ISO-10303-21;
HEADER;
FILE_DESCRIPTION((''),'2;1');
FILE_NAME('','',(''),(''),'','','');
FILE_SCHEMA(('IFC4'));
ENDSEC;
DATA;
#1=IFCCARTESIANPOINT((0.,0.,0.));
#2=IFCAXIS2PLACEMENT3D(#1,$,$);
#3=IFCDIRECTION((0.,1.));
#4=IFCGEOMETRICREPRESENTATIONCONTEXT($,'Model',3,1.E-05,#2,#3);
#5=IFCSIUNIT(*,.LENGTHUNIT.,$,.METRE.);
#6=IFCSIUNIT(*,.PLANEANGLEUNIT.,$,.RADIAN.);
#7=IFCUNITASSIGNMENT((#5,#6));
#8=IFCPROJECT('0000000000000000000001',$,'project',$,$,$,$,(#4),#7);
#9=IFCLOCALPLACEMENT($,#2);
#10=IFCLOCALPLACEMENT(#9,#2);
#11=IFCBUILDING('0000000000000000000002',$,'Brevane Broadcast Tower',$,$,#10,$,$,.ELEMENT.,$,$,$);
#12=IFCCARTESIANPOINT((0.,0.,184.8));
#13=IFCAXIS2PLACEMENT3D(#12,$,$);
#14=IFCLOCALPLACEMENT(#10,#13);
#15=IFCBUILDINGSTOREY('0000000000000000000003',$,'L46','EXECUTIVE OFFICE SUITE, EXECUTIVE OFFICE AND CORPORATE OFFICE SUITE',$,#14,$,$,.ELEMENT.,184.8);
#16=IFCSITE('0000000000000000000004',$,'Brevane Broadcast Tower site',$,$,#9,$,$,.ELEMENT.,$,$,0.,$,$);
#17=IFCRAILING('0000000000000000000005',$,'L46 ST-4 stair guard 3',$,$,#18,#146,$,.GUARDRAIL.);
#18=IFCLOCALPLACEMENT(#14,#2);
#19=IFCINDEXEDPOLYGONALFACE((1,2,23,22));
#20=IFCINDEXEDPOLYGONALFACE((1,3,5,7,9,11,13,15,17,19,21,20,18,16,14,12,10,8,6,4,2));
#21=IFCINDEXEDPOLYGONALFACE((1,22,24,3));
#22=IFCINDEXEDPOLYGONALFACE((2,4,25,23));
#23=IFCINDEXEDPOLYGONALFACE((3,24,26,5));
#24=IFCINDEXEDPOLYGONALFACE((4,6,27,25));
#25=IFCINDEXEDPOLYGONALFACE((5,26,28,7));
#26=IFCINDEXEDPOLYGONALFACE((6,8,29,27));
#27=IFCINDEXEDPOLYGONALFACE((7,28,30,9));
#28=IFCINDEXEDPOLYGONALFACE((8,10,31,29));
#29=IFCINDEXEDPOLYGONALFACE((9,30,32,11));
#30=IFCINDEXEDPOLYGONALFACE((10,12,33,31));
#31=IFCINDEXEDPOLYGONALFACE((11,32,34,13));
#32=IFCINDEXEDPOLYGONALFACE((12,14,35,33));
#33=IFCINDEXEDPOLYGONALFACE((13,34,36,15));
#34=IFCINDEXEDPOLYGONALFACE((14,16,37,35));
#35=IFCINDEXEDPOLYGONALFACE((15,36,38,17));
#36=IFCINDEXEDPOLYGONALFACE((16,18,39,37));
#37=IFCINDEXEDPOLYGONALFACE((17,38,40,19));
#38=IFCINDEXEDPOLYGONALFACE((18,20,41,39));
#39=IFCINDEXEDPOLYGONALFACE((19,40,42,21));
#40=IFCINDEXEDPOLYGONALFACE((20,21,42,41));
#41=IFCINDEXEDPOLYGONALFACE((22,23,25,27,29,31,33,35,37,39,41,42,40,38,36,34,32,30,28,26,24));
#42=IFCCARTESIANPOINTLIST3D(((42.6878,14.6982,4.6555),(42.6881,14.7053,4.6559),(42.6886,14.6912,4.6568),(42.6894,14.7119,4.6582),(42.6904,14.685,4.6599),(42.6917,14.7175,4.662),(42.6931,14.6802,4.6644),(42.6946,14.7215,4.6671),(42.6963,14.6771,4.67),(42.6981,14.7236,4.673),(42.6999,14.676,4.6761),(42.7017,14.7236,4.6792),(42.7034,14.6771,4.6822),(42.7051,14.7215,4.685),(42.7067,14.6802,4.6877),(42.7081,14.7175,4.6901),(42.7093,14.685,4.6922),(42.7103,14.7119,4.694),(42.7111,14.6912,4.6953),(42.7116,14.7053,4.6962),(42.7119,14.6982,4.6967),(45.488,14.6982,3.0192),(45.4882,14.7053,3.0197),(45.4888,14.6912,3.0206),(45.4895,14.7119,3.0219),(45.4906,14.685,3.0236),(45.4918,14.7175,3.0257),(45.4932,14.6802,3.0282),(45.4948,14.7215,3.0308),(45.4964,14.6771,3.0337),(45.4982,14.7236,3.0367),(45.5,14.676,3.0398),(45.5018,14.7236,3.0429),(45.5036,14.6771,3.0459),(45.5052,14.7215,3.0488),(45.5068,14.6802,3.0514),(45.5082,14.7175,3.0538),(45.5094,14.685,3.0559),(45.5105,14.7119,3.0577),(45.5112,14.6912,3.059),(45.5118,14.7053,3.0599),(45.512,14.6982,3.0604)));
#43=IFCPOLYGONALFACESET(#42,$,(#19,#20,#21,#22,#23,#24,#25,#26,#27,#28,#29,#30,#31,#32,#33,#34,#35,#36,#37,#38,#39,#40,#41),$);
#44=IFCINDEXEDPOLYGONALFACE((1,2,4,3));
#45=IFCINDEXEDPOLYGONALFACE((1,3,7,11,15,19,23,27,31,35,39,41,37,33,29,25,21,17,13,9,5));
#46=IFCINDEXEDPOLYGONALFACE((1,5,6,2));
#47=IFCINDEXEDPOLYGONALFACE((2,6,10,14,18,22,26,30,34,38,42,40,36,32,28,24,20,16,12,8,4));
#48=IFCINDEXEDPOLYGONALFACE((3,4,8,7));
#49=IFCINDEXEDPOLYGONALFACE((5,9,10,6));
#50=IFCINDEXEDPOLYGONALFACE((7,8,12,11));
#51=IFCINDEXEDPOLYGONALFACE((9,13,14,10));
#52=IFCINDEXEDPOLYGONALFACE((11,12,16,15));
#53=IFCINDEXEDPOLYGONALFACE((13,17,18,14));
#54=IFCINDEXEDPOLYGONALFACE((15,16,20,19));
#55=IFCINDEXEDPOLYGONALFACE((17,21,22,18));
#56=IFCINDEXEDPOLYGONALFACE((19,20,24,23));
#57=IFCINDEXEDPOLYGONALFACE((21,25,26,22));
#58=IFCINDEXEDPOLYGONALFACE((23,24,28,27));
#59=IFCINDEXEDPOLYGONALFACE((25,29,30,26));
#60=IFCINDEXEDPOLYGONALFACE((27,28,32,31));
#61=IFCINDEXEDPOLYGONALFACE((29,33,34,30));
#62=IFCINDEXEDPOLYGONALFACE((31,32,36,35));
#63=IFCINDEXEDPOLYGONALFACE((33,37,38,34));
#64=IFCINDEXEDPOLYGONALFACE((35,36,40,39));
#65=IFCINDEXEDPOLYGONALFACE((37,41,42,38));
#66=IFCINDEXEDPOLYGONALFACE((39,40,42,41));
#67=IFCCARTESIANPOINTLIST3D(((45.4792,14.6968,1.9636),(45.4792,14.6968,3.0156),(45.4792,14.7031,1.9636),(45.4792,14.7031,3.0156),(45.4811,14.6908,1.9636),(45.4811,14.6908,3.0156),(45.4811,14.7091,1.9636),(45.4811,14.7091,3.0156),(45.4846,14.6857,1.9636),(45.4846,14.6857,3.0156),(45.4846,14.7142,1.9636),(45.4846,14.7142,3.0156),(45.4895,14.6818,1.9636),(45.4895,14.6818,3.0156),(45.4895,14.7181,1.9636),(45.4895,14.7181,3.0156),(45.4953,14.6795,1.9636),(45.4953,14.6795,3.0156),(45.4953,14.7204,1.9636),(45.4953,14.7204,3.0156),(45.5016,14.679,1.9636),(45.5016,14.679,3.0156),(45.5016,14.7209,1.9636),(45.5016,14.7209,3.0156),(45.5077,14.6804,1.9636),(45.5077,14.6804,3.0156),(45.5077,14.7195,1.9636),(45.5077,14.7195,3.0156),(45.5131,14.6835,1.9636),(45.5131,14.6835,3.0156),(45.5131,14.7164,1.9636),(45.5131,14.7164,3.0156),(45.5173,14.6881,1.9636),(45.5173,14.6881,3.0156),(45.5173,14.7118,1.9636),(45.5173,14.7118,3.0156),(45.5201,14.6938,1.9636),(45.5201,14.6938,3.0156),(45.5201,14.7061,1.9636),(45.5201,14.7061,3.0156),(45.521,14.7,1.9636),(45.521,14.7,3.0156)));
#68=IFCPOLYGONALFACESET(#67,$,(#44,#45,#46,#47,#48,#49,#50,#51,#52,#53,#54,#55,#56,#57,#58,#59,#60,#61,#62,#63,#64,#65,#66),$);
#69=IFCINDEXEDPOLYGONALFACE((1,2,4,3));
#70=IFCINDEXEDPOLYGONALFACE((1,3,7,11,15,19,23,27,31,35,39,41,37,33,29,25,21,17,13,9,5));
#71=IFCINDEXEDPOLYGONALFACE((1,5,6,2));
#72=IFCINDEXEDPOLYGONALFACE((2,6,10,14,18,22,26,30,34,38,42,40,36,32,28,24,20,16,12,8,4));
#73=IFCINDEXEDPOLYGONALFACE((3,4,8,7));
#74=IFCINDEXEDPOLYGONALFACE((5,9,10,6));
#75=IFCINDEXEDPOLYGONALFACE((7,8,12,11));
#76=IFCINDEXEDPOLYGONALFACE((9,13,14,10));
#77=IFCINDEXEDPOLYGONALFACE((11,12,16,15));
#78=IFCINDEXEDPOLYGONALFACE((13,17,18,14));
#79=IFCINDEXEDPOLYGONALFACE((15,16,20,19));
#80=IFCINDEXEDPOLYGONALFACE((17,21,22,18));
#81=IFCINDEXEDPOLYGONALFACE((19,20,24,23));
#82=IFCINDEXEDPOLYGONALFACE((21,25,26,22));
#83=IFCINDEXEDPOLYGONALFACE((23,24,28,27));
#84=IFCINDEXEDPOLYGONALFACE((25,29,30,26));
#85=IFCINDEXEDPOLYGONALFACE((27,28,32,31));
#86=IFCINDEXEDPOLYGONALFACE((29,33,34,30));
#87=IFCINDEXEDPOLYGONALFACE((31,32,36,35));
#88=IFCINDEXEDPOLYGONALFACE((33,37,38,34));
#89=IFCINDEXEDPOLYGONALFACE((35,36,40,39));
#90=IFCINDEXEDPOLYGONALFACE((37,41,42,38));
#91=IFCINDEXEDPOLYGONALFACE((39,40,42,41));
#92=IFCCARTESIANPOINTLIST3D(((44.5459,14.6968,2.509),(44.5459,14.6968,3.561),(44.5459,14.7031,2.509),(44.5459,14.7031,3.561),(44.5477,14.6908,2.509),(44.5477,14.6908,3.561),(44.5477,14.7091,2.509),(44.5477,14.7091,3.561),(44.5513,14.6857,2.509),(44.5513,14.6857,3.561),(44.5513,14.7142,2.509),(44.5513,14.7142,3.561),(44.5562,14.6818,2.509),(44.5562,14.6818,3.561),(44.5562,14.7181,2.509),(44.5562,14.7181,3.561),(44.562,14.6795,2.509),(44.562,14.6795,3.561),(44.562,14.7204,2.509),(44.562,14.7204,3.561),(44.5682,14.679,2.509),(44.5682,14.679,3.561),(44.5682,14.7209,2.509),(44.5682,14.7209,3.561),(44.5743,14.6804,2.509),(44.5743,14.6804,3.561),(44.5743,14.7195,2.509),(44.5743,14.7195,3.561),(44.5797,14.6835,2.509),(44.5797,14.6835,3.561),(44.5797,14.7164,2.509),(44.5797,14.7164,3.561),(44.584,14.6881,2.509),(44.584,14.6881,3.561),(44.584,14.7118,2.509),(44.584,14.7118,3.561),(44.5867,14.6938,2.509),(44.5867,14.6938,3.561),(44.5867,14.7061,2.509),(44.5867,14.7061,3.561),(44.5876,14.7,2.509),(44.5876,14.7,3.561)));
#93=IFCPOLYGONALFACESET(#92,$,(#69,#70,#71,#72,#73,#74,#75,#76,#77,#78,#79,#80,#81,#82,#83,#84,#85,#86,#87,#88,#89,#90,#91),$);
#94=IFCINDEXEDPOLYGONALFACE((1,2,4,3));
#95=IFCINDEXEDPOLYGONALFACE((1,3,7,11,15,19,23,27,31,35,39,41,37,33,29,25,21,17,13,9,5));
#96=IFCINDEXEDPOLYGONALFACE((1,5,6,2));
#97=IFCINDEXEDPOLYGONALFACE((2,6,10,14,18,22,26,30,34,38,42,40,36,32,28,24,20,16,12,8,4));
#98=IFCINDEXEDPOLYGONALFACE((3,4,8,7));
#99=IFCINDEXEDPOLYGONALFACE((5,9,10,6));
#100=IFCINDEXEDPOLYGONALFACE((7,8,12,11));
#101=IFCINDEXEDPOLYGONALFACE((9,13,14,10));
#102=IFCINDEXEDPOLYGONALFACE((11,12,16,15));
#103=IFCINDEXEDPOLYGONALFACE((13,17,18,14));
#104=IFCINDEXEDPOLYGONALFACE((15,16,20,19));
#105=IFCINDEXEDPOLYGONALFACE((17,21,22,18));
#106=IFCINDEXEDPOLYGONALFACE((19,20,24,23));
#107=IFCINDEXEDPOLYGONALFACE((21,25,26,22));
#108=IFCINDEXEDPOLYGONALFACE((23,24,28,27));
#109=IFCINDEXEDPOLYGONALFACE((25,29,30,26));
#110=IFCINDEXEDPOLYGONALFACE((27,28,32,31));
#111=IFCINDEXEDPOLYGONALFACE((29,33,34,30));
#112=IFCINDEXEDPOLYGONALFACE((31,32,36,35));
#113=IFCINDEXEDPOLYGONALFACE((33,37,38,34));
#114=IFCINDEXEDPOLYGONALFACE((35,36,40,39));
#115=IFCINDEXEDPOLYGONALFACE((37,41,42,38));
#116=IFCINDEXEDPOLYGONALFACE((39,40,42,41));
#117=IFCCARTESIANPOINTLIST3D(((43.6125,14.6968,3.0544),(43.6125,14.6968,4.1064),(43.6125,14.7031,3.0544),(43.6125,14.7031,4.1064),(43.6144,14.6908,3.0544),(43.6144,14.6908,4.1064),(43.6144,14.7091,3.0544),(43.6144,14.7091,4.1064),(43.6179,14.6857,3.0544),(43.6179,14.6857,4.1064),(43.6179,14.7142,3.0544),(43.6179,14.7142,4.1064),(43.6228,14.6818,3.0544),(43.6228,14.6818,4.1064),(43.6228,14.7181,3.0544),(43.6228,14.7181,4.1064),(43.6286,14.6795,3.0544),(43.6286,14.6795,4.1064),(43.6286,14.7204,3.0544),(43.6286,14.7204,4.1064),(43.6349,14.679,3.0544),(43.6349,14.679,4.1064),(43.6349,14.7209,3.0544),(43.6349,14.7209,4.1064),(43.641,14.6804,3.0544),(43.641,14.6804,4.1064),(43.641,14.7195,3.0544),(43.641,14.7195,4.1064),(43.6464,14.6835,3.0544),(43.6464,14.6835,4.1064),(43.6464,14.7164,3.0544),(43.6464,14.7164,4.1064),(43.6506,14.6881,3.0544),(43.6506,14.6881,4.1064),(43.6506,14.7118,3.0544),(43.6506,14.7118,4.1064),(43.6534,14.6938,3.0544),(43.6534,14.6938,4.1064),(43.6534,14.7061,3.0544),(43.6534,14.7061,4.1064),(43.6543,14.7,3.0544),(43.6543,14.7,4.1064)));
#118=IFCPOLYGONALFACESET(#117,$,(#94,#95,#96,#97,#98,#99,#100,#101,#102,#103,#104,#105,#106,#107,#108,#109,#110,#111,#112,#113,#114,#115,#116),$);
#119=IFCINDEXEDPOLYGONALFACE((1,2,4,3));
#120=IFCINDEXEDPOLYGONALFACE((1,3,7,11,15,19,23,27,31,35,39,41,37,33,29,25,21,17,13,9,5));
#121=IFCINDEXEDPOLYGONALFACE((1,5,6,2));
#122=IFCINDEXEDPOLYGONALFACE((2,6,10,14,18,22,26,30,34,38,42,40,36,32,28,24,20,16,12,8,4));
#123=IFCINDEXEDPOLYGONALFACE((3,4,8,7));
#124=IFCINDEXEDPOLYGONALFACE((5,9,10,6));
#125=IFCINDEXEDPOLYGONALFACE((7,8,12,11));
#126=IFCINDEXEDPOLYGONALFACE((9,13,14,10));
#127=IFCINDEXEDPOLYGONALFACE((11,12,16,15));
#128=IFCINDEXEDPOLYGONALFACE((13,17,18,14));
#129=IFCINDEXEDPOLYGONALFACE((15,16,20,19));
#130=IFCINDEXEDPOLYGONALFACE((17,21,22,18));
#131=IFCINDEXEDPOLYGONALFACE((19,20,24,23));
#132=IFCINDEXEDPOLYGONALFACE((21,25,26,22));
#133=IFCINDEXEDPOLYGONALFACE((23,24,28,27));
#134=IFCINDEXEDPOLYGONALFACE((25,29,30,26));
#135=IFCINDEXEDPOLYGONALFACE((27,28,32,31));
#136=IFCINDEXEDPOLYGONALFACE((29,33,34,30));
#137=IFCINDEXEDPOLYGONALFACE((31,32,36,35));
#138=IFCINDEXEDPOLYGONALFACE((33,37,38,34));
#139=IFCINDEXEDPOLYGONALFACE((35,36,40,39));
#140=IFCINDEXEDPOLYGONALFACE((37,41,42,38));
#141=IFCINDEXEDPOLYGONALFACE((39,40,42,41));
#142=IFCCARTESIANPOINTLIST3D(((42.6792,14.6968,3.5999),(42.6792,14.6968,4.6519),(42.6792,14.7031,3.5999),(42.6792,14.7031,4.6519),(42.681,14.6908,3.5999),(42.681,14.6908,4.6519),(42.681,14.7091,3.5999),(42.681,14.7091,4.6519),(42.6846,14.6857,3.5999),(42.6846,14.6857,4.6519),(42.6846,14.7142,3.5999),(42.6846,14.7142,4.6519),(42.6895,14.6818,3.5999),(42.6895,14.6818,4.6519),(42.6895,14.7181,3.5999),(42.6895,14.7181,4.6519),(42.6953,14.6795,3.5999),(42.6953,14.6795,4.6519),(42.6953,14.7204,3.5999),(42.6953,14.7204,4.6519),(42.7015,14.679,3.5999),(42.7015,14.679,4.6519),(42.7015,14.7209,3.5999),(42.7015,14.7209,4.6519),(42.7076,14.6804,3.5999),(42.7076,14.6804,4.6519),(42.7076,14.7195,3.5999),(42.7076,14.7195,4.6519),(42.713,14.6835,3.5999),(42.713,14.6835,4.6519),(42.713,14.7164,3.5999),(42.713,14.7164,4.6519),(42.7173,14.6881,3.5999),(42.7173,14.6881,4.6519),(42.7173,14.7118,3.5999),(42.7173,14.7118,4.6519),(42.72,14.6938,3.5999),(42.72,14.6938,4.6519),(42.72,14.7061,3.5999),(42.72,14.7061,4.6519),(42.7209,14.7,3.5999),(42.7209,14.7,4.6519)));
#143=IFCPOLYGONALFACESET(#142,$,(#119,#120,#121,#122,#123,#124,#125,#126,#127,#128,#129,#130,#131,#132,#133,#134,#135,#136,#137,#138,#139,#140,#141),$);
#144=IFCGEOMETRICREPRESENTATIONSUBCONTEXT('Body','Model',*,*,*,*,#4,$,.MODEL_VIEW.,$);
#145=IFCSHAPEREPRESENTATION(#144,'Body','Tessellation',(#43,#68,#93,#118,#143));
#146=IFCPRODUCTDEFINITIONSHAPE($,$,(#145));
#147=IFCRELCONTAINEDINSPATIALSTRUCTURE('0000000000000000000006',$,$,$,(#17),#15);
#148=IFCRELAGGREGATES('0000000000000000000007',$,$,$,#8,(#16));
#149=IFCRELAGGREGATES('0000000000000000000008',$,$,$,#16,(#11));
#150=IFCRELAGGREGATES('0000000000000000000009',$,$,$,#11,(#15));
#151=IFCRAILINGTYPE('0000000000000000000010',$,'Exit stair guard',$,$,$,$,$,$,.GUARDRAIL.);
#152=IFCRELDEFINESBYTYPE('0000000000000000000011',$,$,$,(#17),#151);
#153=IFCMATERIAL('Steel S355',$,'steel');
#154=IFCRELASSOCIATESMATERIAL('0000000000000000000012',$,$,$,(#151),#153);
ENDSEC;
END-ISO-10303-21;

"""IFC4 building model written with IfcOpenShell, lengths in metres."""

from ifc_helpers import new_model, si_unit, direction, frame, origin, origin_2d, place, context, subcontext, project, spatial, circle, extrude, material, type_object, element, save


model = new_model("IFC4")

# Units and contexts
model_context = context("Model", 3, precision=1e-05, world=origin(), true_north=direction((0.0, 1.0)))
body_context = subcontext(model_context, "Body", "Model", "MODEL_VIEW")
ifc_project = project(units=[si_unit("LENGTHUNIT", "METRE"), si_unit("PLANEANGLEUNIT", "RADIAN")], contexts=[model_context])

# Site, building, storey
site_placement = place(None, origin())
site = spatial("IfcSite", under=ifc_project, at=site_placement, Name="Brevane Broadcast Tower site", CompositionType="ELEMENT", RefElevation=0.0)
building_placement = place(site_placement, origin())
building = spatial("IfcBuilding", under=site, at=building_placement, Name="Brevane Broadcast Tower", CompositionType="ELEMENT")
storey_placement = place(building_placement, frame((0.0, 0.0, 184.8)))
storey = spatial("IfcBuildingStorey", under=building, at=storey_placement, Name="L46", Description="EXECUTIVE OFFICE SUITE, EXECUTIVE OFFICE AND CORPORATE OFFICE SUITE", CompositionType="ELEMENT", Elevation=184.8)

# Railing
ifc_material_1 = material(Name="Steel S355", Category="steel")
railing_type_1 = type_object("IfcRailingType", Name="Exit stair guard", PredefinedType="GUARDRAIL", material=ifc_material_1)
railing_1_placement = place(storey_placement, frame((45.5, 14.7, 1.9636)))
element("IfcRailing", 1, at=railing_1_placement, inside=storey, type_object=railing_type_1, Name="L46 ST-4 stair guard 3", PredefinedType="GUARDRAIL", context=body_context, shape_type="SweptSolid", body=[
    extrude(circle(Radius=0.0239, at=origin_2d()), frame((0.0, 0.0, 1.0762), z_axis=(-0.863394, 0.0, 0.504531), x_axis=(0.0, -1.0, 0.0)), (0.0, 0.0, 1.0), 3.2432),
    extrude(circle(Radius=0.021, at=origin_2d()), origin(), (0.0, 0.0, 1.0), 1.052),
    extrude(circle(Radius=0.021, at=origin_2d()), frame((-0.9333, 0.0, 0.5454)), (0.0, 0.0, 1.0), 1.052),
    extrude(circle(Radius=0.021, at=origin_2d()), frame((-1.8667, 0.0, 1.0908)), (0.0, 0.0, 1.0), 1.052),
    extrude(circle(Radius=0.021, at=origin_2d()), frame((-2.8, 0.0, 1.6362)), (0.0, 0.0, 1.0), 1.052),
])

save(model, "model.ifc")
